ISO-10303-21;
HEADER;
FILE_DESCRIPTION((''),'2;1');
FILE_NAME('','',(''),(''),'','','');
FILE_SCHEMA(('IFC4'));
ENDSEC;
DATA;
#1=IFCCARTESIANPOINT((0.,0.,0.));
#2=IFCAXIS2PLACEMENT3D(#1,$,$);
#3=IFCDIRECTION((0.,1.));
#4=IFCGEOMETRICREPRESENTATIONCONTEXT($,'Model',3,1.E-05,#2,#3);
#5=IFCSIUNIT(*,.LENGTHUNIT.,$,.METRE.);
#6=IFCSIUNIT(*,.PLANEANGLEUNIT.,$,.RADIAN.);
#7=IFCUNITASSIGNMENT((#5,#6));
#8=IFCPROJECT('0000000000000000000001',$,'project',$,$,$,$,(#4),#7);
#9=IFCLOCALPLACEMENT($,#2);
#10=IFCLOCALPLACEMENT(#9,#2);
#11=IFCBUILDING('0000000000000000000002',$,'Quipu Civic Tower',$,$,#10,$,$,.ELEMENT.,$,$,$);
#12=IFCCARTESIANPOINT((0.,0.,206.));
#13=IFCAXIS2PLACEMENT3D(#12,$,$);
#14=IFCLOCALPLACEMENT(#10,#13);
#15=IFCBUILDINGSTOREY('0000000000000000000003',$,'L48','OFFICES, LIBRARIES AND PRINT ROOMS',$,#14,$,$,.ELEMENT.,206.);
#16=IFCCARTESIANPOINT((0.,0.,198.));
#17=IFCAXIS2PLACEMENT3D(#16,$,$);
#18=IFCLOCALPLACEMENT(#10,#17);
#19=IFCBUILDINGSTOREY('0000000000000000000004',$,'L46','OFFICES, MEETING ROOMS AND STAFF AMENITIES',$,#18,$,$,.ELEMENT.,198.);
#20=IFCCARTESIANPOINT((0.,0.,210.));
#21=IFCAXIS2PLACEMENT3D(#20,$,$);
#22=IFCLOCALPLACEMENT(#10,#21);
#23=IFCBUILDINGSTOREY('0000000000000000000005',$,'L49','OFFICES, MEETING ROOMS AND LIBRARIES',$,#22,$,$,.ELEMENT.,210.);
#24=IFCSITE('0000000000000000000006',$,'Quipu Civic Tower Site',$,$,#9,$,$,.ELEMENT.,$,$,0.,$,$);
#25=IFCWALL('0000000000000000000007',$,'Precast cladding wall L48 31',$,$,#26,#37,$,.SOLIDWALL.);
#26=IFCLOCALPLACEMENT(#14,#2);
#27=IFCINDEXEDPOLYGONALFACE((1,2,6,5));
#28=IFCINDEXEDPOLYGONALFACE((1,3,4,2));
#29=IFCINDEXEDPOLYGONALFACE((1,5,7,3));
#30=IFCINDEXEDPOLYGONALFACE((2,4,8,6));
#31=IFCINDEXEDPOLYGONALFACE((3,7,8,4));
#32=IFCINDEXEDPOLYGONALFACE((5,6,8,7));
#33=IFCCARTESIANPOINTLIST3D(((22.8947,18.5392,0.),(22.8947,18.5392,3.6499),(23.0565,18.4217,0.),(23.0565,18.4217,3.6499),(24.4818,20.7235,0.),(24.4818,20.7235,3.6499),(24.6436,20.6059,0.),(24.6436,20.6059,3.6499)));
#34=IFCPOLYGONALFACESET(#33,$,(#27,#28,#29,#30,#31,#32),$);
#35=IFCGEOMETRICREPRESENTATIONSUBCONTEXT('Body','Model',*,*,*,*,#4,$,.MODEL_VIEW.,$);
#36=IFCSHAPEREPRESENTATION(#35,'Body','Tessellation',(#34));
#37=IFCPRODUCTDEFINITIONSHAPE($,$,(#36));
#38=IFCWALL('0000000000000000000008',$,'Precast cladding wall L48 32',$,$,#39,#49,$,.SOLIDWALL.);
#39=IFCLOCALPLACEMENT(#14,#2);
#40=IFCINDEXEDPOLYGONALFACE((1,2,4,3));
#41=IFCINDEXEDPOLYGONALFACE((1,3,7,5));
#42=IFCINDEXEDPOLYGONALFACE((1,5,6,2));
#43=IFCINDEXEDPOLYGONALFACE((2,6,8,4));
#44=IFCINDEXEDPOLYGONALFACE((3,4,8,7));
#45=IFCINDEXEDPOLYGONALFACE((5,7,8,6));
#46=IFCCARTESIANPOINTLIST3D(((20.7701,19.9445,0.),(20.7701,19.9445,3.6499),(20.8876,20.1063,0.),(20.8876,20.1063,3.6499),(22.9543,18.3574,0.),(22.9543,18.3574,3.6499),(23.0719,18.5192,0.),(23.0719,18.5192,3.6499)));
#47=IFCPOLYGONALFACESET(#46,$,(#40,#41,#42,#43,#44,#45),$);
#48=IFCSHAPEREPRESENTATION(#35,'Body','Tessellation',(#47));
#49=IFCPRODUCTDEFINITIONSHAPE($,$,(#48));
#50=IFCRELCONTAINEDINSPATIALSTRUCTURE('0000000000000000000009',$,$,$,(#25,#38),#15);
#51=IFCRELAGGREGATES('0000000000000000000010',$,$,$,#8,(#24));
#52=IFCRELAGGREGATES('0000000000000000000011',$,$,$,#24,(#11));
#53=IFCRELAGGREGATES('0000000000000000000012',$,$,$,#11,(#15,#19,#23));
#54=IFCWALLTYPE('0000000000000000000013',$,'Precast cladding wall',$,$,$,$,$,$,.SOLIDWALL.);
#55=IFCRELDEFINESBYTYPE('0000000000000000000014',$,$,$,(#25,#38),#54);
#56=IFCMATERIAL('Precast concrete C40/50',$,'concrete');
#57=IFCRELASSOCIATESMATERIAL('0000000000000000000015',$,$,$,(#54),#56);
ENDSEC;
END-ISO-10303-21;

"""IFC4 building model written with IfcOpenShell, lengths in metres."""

from ifc_helpers import new_model, si_unit, direction, frame, frame_2d, origin, place, context, subcontext, project, spatial, rectangle, extrude, material, type_object, element, save


model = new_model("IFC4")

# Units and contexts
model_context = context("Model", 3, precision=1e-05, world=origin(), true_north=direction((0.0, 1.0)))
body_context = subcontext(model_context, "Body", "Model", "MODEL_VIEW")
ifc_project = project(units=[si_unit("LENGTHUNIT", "METRE"), si_unit("PLANEANGLEUNIT", "RADIAN")], contexts=[model_context])

# Site, building, storey
site_placement = place(None, origin())
site = spatial("IfcSite", under=ifc_project, at=site_placement, Name="Quipu Civic Tower Site", CompositionType="ELEMENT", RefElevation=0.0)
building_placement = place(site_placement, origin())
building = spatial("IfcBuilding", under=site, at=building_placement, Name="Quipu Civic Tower", CompositionType="ELEMENT")
storey_1_placement = place(building_placement, frame((0.0, 0.0, 206.0)))
storey_1 = spatial("IfcBuildingStorey", under=building, at=storey_1_placement, Name="L48", Description="OFFICES, LIBRARIES AND PRINT ROOMS", CompositionType="ELEMENT", Elevation=206.0)

# Shared definitions
storey_2_placement = place(building_placement, frame((0.0, 0.0, 198.0)))
storey_2 = spatial("IfcBuildingStorey", under=building, at=storey_2_placement, Name="L46", Description="OFFICES, MEETING ROOMS AND STAFF AMENITIES", CompositionType="ELEMENT", Elevation=198.0)

# Shared definitions
storey_3_placement = place(building_placement, frame((0.0, 0.0, 210.0)))
storey_3 = spatial("IfcBuildingStorey", under=building, at=storey_3_placement, Name="L49", Description="OFFICES, MEETING ROOMS AND LIBRARIES", CompositionType="ELEMENT", Elevation=210.0)

# Walls
ifc_material_1 = material(Name="Precast concrete C40/50", Category="concrete")
wall_type_1 = type_object("IfcWallType", Name="Precast cladding wall", PredefinedType="SOLIDWALL", material=ifc_material_1)
for number, where, z_axis, x_axis, name in (
    (1, (24.5627, 20.6648, 0.0), (0.0, 0.0, 1.0), (-0.587822, -0.80899, 0.0), "Precast cladding wall L48 31"),
    (2, (23.0132, 18.4382, 0.0), (0.0, 0.0, 1.0), (-0.80899, 0.587822, 0.0), "Precast cladding wall L48 32"),
):
    element("IfcWall", number, at=place(storey_1_placement, frame(where, z_axis=z_axis, x_axis=x_axis)), inside=storey_1, type_object=wall_type_1, Name=name, PredefinedType="SOLIDWALL", context=body_context, shape_type="SweptSolid", body=[
        extrude(rectangle(XDim=2.7, YDim=0.2, at=frame_2d((1.3501, 0.0))), origin(), (0.0, 0.0, 1.0), 3.6499),
    ])

save(model, "model.ifc")
